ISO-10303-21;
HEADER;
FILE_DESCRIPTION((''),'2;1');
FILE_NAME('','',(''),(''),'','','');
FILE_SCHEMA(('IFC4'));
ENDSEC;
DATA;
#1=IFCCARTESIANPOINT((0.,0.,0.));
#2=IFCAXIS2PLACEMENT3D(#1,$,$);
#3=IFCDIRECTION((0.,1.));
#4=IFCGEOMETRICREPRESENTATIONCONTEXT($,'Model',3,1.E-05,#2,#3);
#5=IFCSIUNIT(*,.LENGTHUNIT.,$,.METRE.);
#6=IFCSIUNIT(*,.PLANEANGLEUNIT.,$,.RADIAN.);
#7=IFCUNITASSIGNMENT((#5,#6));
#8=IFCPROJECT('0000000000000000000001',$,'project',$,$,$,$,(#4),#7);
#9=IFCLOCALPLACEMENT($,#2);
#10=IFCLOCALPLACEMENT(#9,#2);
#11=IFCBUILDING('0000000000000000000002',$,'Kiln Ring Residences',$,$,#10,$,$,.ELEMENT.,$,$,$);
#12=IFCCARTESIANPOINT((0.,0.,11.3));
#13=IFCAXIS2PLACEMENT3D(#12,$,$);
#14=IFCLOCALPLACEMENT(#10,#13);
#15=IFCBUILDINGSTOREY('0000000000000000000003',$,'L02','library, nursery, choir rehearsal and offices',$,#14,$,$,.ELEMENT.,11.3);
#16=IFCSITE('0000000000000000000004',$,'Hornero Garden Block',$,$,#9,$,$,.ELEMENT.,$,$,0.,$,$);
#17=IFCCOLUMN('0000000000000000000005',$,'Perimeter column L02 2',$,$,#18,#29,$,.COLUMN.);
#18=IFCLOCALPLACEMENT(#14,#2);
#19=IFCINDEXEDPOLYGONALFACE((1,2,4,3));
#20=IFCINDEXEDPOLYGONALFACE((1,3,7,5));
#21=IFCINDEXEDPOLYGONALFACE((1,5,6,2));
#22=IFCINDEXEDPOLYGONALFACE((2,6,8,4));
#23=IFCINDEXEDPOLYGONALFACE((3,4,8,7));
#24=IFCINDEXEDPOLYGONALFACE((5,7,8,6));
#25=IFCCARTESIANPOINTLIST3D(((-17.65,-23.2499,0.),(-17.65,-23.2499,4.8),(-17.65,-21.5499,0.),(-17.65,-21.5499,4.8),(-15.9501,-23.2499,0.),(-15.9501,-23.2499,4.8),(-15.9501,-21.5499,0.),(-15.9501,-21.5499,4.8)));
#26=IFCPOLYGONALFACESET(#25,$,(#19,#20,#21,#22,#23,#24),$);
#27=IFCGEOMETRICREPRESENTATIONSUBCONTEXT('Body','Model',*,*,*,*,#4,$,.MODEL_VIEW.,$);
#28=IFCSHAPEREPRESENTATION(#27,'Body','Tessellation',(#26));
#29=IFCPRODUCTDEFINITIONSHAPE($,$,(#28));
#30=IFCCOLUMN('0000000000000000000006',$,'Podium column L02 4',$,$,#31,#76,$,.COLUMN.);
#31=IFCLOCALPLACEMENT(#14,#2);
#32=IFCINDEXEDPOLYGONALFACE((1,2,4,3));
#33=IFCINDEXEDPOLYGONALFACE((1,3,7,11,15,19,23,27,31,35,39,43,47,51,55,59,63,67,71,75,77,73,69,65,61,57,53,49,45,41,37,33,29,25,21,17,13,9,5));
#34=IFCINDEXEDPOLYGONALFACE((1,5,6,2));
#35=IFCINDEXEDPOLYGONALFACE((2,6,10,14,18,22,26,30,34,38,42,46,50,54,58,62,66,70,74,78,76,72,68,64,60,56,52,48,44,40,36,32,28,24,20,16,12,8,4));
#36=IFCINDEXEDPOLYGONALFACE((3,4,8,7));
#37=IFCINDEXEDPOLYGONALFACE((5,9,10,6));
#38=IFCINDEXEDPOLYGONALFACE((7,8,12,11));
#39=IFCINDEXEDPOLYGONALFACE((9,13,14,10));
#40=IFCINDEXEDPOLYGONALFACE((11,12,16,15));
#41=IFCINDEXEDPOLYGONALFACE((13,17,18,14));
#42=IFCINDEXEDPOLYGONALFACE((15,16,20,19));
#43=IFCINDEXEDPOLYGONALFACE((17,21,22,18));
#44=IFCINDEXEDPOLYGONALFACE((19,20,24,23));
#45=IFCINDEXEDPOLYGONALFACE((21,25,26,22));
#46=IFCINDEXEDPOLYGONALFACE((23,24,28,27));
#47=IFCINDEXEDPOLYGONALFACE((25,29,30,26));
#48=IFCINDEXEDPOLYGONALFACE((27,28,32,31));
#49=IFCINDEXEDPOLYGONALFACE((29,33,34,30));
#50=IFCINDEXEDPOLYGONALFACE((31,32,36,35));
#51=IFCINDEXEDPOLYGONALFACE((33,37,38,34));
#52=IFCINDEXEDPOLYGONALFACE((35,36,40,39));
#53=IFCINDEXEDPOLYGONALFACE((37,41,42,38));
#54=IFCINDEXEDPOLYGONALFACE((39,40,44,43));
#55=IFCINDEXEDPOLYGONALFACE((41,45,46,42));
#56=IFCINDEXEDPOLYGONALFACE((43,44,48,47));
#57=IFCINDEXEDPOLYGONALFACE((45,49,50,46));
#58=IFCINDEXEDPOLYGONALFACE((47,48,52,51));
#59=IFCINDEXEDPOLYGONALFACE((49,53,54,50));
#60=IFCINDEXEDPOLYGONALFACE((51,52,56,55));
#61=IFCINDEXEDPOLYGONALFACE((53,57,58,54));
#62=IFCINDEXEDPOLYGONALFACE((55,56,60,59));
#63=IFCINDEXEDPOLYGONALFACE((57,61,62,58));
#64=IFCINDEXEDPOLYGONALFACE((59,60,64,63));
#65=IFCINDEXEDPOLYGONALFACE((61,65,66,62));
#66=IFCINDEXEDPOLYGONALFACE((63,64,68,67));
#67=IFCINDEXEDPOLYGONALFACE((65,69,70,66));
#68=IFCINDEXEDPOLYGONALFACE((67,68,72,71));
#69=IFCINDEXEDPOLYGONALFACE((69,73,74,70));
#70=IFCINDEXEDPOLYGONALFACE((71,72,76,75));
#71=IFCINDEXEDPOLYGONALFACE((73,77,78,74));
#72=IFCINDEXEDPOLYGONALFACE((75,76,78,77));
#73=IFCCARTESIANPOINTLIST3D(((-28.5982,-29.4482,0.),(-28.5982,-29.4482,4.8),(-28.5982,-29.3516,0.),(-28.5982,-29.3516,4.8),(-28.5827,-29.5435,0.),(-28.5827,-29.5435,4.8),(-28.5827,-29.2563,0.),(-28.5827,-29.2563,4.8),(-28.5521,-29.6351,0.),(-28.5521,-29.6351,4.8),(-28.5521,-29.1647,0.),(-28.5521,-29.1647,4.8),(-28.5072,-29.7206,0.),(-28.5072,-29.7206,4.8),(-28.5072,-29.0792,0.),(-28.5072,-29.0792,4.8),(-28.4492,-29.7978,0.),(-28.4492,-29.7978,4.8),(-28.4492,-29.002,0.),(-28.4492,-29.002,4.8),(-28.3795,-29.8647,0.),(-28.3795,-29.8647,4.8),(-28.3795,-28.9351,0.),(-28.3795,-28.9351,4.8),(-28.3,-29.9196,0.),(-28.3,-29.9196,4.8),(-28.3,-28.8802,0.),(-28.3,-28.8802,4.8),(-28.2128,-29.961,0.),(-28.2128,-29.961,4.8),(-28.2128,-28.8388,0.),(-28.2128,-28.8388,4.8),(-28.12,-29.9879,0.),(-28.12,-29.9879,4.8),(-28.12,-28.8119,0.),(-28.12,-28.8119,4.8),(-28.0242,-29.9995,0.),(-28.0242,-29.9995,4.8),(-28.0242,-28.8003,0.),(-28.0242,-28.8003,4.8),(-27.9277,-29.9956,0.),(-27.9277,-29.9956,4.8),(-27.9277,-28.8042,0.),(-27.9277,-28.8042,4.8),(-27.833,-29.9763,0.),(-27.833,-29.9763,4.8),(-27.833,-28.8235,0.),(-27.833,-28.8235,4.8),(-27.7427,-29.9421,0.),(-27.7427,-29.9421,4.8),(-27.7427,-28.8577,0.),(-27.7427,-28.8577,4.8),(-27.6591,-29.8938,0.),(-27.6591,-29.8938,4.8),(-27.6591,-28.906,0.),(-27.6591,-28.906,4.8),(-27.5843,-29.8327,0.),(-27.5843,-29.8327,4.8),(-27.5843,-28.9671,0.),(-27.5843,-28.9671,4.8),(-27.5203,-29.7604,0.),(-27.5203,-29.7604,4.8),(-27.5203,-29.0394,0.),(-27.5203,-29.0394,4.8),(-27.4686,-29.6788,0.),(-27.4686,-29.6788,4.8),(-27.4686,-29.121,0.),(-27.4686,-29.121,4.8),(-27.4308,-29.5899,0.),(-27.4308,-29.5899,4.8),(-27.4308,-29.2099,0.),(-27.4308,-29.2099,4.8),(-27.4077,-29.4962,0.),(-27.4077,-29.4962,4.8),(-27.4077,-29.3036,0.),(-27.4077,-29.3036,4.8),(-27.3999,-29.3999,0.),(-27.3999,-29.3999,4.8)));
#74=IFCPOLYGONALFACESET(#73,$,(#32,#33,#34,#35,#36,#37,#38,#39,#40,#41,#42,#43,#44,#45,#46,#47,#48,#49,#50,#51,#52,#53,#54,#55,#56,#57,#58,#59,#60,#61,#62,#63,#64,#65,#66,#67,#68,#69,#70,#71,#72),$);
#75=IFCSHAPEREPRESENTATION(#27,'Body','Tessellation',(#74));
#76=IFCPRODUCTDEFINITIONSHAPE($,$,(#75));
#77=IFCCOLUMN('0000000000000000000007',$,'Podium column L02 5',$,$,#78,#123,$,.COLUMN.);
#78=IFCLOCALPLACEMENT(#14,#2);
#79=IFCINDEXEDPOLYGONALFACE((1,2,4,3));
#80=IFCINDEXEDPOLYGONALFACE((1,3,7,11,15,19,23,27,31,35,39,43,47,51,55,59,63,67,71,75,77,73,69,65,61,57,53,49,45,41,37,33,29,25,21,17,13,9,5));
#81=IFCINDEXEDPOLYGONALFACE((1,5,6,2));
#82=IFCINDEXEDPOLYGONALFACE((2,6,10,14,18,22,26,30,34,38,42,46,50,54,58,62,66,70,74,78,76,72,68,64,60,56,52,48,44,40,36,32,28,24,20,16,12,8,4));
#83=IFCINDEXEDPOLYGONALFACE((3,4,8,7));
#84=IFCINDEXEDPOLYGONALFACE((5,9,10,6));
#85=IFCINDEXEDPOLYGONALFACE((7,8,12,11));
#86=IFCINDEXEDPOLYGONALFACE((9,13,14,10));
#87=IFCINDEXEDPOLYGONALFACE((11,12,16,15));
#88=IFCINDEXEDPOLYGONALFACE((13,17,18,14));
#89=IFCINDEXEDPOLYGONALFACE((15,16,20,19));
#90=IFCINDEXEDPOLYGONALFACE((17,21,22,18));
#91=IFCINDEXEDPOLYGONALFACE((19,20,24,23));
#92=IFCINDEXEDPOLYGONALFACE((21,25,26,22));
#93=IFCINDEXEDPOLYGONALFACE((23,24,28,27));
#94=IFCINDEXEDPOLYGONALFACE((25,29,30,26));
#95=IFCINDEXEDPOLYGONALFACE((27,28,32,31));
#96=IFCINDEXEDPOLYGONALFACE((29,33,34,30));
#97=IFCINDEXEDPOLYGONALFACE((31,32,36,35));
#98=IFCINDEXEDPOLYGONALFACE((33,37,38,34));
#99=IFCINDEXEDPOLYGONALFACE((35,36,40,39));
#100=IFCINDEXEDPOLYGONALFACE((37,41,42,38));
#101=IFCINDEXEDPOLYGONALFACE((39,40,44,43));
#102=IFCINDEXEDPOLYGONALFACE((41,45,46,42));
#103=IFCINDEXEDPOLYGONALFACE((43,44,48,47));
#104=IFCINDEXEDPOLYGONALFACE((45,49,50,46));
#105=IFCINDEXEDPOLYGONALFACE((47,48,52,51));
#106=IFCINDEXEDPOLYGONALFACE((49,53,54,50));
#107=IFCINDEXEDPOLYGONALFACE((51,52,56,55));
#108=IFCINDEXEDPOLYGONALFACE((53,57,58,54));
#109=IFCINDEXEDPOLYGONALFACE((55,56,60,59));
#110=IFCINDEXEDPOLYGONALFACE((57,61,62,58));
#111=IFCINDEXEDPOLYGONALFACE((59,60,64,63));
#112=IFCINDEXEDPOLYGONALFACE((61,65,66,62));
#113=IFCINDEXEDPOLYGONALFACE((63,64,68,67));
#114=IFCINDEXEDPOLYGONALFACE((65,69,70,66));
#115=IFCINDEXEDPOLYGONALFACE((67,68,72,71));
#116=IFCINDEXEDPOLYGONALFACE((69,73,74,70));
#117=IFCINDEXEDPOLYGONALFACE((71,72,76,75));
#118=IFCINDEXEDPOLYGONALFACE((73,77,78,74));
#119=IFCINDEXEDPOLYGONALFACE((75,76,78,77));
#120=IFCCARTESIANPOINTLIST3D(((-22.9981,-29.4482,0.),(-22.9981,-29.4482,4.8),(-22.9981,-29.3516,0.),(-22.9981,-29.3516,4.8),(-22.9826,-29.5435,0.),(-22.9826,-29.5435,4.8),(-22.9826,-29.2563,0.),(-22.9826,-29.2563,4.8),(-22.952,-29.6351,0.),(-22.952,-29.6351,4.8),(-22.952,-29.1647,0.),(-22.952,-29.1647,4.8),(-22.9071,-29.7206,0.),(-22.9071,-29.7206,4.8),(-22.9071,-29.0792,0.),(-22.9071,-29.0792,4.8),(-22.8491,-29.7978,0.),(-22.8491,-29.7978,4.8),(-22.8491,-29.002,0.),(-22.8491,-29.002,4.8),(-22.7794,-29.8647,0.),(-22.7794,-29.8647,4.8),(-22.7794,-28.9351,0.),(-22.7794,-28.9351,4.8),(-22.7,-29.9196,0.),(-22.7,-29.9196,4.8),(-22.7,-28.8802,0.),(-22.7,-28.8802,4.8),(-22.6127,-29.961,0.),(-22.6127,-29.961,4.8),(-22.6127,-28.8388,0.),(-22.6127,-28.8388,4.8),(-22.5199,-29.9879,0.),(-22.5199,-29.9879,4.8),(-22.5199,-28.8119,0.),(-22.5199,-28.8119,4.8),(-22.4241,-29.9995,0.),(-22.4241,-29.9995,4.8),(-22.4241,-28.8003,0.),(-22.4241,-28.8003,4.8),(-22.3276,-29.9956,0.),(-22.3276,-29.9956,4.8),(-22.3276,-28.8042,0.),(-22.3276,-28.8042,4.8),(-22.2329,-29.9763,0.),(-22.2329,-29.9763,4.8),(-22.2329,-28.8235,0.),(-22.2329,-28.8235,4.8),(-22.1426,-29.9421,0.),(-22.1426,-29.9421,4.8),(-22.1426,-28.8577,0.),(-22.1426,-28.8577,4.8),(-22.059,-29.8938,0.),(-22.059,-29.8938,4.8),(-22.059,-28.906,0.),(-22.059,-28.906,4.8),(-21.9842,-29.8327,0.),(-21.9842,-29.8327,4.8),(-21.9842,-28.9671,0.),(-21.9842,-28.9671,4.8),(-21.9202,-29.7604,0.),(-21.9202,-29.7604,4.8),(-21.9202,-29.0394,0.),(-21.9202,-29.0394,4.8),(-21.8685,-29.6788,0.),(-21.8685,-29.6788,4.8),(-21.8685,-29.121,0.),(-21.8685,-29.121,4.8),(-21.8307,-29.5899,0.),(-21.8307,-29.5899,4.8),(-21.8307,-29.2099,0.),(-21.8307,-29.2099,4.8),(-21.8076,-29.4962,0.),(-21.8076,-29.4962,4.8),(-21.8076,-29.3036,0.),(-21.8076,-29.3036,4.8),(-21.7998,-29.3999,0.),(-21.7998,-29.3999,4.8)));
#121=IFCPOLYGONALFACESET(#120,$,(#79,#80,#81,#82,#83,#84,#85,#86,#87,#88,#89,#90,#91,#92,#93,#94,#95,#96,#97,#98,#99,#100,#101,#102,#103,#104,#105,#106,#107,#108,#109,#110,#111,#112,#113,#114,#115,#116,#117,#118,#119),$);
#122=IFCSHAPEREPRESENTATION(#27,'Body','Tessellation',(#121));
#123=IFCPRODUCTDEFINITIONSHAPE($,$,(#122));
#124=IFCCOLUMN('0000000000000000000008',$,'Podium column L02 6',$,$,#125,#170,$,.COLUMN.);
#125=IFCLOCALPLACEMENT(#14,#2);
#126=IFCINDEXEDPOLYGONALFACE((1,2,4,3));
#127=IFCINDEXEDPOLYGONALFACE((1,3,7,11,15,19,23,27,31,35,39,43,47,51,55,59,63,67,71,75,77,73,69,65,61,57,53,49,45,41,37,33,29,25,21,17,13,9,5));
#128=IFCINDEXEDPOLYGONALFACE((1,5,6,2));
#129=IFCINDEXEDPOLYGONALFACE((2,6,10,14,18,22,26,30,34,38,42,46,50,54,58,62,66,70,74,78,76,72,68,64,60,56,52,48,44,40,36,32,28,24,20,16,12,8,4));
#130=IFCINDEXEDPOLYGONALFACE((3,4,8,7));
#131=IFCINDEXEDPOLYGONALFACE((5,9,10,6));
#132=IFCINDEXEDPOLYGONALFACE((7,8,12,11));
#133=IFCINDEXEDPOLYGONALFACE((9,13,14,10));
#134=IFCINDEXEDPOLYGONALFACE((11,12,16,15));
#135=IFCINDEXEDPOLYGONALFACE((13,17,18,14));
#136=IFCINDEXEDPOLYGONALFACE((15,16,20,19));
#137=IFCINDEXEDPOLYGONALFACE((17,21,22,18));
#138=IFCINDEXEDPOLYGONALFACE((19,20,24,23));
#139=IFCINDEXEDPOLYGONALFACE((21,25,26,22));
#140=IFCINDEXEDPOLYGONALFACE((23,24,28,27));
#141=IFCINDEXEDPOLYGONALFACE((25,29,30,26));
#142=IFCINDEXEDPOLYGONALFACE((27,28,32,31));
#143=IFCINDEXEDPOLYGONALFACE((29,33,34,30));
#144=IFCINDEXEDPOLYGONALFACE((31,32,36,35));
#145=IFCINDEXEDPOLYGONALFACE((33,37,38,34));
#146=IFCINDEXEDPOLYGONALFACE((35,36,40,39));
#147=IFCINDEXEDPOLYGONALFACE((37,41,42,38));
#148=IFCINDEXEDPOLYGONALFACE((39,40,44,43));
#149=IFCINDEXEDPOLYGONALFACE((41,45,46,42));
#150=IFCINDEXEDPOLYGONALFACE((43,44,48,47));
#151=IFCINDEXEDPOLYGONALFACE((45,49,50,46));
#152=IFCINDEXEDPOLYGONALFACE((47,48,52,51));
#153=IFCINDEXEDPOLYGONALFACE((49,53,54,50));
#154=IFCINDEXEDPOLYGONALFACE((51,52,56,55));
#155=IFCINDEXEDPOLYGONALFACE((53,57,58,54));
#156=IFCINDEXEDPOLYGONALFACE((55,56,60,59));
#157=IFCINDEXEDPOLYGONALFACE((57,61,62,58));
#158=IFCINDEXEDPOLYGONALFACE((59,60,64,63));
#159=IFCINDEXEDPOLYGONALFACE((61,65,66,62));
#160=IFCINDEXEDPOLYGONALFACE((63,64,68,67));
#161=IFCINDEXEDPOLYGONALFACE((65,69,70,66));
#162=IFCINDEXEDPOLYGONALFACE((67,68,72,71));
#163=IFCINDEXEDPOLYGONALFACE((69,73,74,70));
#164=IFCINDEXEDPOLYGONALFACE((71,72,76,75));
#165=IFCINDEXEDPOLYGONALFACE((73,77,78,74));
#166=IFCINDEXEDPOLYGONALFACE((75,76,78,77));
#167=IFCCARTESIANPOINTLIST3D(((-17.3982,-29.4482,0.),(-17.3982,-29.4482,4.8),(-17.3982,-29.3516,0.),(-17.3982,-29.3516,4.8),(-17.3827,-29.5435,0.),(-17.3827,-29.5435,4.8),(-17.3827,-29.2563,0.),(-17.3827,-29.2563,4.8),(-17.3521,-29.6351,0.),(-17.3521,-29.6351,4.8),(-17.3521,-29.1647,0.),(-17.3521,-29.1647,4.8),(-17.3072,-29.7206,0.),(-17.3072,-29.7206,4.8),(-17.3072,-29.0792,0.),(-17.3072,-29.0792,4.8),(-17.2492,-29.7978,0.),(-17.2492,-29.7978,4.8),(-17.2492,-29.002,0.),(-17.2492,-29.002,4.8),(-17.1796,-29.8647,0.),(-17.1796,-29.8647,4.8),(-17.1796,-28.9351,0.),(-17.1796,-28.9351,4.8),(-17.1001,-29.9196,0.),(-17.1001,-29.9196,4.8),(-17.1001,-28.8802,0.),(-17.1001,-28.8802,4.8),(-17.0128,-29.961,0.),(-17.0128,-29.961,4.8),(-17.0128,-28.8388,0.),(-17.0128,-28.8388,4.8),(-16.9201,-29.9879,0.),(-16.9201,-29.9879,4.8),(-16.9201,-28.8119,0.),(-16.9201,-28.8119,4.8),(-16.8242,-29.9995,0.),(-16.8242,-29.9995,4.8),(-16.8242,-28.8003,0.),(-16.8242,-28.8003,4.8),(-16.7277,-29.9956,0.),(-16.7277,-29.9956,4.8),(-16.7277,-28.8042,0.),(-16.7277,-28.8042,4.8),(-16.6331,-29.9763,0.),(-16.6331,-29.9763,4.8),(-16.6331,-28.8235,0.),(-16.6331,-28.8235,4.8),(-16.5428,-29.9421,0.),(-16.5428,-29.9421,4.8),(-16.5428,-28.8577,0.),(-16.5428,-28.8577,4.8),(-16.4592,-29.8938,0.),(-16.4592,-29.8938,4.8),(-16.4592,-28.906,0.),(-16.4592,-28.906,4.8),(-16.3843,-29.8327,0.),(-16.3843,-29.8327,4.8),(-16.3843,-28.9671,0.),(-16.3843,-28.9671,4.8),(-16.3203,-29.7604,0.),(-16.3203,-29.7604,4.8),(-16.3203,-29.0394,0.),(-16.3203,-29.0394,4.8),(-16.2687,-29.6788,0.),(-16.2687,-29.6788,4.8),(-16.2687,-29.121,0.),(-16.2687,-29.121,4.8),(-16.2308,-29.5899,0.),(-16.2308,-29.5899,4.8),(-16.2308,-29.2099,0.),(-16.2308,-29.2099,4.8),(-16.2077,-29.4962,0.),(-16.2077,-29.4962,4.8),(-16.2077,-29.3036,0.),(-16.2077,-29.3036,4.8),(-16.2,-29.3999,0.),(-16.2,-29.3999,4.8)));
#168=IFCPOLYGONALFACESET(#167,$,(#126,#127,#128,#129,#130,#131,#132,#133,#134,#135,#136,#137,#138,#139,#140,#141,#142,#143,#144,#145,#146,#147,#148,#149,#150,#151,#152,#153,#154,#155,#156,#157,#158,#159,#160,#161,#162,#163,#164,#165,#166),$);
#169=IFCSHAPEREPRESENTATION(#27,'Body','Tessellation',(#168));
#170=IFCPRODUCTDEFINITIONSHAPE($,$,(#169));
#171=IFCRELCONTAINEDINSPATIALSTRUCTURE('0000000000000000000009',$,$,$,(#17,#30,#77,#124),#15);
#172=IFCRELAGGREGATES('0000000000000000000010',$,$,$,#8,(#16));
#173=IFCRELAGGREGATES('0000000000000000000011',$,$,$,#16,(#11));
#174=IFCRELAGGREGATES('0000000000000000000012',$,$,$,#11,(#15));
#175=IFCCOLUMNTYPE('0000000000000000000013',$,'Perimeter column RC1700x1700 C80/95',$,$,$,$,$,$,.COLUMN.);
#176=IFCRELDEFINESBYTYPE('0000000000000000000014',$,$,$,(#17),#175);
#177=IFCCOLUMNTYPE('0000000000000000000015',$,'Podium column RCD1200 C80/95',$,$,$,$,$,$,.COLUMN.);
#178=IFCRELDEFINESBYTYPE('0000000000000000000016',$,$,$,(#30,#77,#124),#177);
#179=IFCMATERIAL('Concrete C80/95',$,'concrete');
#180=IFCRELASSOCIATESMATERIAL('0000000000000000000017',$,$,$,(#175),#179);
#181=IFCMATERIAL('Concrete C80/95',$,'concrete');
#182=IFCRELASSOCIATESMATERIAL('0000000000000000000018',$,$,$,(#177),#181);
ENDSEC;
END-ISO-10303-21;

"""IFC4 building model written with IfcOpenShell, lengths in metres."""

from ifc_helpers import new_model, si_unit, direction, frame, origin, origin_2d, place, context, subcontext, project, spatial, rectangle, circle, extrude, material, material_profile, profile_set, type_object, element, save


model = new_model("IFC4")

# Units and contexts
model_context = context("Model", 3, precision=1e-05, world=origin(), true_north=direction((0.0, 1.0)))
body_context = subcontext(model_context, "Body", "Model", "MODEL_VIEW")
ifc_project = project(units=[si_unit("LENGTHUNIT", "METRE"), si_unit("PLANEANGLEUNIT", "RADIAN")], contexts=[model_context])

# Site, building, storey
site_placement = place(None, origin())
site = spatial("IfcSite", under=ifc_project, at=site_placement, Name="Hornero Garden Block", CompositionType="ELEMENT", RefElevation=0.0)
building_placement = place(site_placement, origin())
building = spatial("IfcBuilding", under=site, at=building_placement, Name="Kiln Ring Residences", CompositionType="ELEMENT")
storey_placement = place(building_placement, frame((0.0, 0.0, 11.3)))
storey = spatial("IfcBuildingStorey", under=building, at=storey_placement, Name="L02", Description="library, nursery, choir rehearsal and offices", CompositionType="ELEMENT", Elevation=11.3)

# Columns
ifc_material_1 = material(Name="Concrete C80/95", Category="concrete")
ifc_material_profile_1 = material_profile(ifc_material_1, rectangle(XDim=1.7, YDim=1.7, at=origin_2d()), Name="RC1700x1700")
ifc_profile_set_1 = profile_set([ifc_material_profile_1], Name="Concrete C80/95")
column_type_1 = type_object("IfcColumnType", Name="Perimeter column RC1700x1700 C80/95", PredefinedType="COLUMN", material=ifc_profile_set_1)
column_placement = place(storey_placement, frame((-16.8, -22.3999, 0.0), z_axis=(0.0, 0.0, 1.0), x_axis=(1.0, 0.0, 0.0)))
element("IfcColumn", 1, at=column_placement, inside=storey, type_object=column_type_1, Name="Perimeter column L02 2", PredefinedType="COLUMN", context=body_context, shape_type="SweptSolid", body=[
    extrude(rectangle(XDim=1.7, YDim=1.7, at=origin_2d()), origin(), (0.0, 0.0, 1.0), 4.8),
])
ifc_material_2 = material(Name="Concrete C80/95", Category="concrete")
ifc_material_profile_2 = material_profile(ifc_material_2, circle(Radius=0.6001, at=origin_2d()), Name="RCD1200")
ifc_profile_set_2 = profile_set([ifc_material_profile_2], Name="Concrete C80/95")
column_type_2 = type_object("IfcColumnType", Name="Podium column RCD1200 C80/95", PredefinedType="COLUMN", material=ifc_profile_set_2)
for number, where, z_axis, x_axis, name in (
    (2, (-28.0, -29.3999, 0.0), (0.0, 0.0, 1.0), (1.0, 0.0, 0.0), "Podium column L02 4"),
    (3, (-22.3999, -29.3999, 0.0), (0.0, 0.0, 1.0), (1.0, 0.0, 0.0), "Podium column L02 5"),
    (4, (-16.8, -29.3999, 0.0), (0.0, 0.0, 1.0), (1.0, 0.0, 0.0), "Podium column L02 6"),
):
    element("IfcColumn", number, at=place(storey_placement, frame(where, z_axis=z_axis, x_axis=x_axis)), inside=storey, type_object=column_type_2, Name=name, PredefinedType="COLUMN", context=body_context, shape_type="SweptSolid", body=[
        extrude(circle(Radius=0.6001, at=origin_2d()), origin(), (0.0, 0.0, 1.0), 4.8),
    ])

save(model, "model.ifc")
